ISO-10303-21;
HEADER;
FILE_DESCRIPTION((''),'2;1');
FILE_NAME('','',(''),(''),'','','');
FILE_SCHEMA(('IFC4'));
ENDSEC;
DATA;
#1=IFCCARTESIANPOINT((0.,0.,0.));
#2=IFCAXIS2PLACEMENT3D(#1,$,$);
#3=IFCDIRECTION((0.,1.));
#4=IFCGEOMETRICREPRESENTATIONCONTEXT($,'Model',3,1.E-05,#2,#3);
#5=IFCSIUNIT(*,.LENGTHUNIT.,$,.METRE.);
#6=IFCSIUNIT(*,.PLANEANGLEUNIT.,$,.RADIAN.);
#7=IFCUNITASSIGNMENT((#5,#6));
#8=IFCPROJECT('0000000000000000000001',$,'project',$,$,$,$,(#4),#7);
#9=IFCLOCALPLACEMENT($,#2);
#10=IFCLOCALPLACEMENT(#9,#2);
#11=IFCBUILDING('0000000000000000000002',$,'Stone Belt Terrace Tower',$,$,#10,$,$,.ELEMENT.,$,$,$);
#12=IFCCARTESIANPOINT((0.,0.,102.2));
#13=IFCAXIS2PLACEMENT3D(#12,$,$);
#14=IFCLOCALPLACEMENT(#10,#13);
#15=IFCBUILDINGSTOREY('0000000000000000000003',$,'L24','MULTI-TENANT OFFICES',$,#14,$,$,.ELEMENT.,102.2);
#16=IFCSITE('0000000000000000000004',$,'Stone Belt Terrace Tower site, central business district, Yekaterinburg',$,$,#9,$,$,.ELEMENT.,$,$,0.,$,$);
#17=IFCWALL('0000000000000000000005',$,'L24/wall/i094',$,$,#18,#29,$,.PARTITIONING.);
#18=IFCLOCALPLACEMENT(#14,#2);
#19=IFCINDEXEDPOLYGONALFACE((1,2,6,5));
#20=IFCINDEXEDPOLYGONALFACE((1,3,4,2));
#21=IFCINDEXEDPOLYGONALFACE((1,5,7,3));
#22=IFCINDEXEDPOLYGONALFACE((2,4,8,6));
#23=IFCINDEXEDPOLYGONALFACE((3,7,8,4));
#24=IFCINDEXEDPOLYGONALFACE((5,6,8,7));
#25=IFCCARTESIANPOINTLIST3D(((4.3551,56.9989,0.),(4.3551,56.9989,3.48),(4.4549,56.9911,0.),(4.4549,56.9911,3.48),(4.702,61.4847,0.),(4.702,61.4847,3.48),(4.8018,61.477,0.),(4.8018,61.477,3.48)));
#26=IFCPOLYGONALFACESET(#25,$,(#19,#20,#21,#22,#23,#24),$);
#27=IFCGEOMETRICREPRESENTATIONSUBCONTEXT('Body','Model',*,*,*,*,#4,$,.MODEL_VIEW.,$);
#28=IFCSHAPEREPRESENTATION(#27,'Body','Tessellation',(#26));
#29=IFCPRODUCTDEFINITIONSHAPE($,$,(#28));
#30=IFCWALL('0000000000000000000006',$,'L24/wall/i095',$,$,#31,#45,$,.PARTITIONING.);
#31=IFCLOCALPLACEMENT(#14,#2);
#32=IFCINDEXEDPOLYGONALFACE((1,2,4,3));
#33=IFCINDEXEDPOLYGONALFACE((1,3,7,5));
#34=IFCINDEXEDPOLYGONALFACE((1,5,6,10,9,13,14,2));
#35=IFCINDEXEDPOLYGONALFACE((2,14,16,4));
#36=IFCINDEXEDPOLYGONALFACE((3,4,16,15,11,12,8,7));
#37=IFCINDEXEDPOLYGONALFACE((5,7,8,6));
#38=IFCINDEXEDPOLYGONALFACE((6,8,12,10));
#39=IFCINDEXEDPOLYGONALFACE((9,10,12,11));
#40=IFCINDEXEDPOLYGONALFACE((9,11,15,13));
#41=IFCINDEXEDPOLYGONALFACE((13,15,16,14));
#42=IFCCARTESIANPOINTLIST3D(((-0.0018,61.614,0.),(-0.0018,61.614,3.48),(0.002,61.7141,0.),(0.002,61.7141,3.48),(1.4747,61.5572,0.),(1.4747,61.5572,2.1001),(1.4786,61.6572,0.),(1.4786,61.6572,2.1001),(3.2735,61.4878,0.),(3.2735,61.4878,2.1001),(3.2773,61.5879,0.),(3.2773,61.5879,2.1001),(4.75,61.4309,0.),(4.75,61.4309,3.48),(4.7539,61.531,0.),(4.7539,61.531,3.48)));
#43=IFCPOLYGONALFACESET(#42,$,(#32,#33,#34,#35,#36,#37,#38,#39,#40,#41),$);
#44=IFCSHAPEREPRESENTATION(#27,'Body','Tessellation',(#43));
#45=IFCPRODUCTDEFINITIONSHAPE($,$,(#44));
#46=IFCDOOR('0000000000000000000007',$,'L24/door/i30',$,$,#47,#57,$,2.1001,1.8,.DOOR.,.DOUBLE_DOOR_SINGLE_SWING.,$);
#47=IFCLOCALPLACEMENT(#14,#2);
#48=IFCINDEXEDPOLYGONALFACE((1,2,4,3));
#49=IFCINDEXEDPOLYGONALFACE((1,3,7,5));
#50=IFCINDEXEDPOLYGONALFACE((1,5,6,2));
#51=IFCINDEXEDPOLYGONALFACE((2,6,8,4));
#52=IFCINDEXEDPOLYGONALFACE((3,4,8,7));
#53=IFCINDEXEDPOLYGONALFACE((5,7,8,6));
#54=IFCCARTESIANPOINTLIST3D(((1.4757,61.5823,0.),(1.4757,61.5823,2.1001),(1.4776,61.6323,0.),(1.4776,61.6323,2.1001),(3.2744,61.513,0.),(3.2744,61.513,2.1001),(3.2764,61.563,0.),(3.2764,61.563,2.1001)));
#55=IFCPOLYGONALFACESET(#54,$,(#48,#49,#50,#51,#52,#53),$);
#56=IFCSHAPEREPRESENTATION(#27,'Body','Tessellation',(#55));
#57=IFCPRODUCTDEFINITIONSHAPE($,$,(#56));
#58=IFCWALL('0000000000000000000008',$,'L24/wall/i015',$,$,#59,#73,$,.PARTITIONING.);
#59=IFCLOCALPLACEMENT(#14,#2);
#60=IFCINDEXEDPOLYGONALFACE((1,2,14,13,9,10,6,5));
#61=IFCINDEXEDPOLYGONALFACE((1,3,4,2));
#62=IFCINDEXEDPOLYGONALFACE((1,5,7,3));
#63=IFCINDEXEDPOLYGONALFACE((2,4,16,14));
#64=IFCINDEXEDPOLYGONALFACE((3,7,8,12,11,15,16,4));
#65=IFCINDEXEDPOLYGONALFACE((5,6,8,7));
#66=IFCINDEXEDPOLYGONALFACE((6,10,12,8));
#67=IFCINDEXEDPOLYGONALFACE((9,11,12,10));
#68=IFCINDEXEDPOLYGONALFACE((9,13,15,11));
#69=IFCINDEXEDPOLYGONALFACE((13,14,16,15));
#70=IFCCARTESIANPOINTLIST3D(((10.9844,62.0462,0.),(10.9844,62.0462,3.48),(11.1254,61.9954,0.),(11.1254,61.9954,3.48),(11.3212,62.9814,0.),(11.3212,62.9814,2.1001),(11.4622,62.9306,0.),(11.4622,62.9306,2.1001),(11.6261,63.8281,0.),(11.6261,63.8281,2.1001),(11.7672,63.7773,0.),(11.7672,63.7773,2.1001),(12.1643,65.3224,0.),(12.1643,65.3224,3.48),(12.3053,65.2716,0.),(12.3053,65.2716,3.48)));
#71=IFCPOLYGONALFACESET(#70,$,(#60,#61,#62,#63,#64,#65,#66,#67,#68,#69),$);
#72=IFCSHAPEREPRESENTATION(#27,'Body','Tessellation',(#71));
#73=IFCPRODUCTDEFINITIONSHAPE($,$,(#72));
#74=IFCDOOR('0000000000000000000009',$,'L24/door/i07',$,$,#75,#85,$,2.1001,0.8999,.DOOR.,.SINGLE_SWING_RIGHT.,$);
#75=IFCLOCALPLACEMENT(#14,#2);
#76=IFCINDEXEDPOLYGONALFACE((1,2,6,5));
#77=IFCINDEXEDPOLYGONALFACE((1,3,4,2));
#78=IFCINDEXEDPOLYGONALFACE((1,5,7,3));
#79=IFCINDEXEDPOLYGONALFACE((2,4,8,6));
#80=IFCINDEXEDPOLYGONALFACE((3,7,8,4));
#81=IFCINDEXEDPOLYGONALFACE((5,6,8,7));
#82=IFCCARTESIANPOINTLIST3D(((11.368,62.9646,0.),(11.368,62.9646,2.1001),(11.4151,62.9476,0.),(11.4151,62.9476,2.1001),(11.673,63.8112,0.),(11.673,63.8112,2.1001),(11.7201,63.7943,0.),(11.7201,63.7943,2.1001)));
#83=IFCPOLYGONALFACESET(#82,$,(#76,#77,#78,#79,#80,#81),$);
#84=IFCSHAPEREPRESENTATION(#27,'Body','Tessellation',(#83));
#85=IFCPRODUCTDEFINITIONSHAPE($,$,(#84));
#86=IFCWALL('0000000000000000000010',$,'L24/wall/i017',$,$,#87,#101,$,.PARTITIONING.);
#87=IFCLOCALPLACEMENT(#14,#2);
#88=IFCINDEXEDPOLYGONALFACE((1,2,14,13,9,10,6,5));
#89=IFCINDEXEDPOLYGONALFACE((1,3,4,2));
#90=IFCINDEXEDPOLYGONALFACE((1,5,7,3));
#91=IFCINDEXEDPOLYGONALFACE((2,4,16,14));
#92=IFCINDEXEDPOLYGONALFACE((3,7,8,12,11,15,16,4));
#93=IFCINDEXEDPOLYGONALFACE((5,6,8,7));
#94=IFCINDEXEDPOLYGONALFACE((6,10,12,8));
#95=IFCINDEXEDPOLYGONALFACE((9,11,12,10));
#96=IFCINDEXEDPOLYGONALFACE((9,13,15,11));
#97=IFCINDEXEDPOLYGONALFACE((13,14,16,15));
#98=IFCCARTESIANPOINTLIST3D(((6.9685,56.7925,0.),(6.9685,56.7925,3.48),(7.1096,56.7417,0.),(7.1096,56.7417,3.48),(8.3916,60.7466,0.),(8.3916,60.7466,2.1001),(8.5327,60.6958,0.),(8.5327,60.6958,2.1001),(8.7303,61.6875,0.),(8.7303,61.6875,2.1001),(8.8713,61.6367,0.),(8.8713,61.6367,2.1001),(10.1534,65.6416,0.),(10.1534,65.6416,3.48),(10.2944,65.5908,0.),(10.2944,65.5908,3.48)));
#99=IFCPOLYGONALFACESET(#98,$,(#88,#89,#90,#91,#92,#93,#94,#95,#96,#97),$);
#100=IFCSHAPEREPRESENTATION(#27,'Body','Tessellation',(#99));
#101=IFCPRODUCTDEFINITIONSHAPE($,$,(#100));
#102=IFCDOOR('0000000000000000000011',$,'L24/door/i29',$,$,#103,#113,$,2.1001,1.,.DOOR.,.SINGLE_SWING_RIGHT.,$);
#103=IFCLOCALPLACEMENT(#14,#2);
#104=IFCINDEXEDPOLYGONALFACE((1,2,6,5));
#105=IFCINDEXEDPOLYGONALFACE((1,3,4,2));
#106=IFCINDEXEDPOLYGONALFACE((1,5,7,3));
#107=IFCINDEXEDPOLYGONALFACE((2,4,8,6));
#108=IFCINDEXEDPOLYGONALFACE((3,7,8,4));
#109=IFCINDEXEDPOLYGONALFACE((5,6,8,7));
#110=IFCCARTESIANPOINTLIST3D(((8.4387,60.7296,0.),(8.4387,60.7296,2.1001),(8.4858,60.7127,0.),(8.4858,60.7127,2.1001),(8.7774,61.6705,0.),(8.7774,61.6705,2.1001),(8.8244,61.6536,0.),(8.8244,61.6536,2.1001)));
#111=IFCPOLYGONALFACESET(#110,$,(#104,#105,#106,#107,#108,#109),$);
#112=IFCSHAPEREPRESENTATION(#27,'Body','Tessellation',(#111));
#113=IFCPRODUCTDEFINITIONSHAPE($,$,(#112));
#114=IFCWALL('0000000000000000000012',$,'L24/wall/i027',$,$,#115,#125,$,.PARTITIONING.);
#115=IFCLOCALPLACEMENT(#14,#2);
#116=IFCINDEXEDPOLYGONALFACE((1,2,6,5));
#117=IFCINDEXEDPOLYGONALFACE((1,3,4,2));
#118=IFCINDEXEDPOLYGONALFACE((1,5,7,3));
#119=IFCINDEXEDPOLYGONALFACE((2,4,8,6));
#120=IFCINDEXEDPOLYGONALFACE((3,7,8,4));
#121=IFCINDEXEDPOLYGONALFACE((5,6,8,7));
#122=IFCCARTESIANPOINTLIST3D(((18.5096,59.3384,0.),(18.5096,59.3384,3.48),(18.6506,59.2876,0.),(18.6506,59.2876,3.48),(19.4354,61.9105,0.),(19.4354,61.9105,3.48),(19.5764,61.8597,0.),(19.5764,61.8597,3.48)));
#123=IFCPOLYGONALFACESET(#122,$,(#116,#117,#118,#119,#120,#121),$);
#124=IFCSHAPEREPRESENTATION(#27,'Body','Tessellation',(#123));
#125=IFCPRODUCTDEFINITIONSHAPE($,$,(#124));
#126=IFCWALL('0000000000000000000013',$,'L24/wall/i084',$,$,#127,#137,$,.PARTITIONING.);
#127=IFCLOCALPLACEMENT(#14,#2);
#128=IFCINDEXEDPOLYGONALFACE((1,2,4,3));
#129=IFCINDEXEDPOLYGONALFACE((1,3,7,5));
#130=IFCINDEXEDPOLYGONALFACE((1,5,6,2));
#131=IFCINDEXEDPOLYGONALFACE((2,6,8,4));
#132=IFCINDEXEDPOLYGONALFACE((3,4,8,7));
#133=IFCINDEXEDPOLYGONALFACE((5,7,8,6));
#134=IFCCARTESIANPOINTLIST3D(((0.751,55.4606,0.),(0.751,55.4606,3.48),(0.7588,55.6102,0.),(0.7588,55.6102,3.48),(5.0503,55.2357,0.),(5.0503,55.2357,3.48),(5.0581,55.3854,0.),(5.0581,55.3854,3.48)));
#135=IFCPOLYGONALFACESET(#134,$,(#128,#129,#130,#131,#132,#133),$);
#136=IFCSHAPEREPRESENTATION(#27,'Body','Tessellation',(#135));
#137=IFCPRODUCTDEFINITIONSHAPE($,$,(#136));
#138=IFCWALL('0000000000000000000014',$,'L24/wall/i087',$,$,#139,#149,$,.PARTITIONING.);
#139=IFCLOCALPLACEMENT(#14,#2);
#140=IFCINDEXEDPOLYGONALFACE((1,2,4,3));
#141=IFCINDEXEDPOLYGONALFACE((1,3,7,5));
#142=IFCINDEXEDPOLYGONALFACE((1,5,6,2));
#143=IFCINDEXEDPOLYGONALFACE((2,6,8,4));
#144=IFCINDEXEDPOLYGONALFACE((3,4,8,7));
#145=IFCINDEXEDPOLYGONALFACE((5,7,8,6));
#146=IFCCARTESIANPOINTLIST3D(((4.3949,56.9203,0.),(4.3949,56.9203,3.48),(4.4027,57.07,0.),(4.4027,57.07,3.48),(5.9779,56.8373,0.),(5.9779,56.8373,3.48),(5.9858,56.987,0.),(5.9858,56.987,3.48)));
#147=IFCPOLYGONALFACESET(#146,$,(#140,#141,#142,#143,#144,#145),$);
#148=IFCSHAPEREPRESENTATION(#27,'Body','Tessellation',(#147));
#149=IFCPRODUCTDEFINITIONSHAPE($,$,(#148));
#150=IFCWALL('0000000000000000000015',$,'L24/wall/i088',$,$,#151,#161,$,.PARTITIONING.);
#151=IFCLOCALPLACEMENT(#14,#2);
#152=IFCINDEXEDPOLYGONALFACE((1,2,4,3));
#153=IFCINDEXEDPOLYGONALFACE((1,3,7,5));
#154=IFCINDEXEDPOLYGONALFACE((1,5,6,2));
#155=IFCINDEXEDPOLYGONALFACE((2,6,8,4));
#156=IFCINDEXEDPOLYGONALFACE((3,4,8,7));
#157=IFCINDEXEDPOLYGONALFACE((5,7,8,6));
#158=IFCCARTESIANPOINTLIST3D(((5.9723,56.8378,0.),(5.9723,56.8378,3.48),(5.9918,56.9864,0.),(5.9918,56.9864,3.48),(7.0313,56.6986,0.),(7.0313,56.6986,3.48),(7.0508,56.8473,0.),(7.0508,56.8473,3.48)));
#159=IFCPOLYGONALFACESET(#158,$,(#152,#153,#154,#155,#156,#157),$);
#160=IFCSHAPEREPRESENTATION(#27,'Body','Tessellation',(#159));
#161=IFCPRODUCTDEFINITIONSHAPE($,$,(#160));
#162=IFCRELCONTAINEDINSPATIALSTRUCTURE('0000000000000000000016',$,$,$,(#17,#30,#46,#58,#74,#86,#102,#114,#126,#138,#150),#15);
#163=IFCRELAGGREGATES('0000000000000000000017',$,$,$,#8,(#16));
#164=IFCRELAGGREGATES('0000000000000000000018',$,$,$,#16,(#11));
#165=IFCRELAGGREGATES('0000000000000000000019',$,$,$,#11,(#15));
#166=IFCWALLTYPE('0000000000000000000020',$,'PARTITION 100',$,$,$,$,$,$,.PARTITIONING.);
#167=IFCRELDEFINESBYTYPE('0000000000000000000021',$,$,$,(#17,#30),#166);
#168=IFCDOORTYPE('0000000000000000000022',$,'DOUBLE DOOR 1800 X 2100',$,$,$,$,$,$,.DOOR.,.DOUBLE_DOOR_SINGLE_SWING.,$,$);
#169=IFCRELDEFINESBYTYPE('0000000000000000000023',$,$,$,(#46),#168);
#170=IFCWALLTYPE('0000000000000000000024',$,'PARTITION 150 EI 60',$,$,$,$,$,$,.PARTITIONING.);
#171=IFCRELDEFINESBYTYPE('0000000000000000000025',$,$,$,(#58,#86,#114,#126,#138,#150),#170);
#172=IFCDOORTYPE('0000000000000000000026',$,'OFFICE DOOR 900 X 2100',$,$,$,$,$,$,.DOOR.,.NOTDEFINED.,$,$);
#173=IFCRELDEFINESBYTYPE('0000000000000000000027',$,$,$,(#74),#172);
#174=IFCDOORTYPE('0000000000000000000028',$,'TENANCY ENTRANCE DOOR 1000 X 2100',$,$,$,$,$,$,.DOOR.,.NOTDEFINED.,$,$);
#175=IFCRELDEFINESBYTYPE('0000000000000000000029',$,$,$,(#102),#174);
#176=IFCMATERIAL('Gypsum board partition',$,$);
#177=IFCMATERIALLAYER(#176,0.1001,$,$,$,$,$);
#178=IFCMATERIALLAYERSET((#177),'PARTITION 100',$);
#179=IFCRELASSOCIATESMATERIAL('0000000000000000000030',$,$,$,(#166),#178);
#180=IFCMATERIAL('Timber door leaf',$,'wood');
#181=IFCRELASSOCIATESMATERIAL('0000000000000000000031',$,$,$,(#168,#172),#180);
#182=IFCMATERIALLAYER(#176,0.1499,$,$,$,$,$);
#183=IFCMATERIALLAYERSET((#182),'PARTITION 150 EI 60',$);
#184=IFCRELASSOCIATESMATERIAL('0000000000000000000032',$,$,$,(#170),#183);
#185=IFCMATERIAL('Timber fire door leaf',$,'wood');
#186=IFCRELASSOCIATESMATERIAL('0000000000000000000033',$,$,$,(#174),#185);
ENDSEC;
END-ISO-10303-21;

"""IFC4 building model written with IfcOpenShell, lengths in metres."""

from ifc_helpers import new_model, si_unit, direction, frame, frame_2d, origin, place, context, subcontext, project, spatial, rectangle, extrude, material, layer, layer_set, type_object, element, fill, save


model = new_model("IFC4")

# Units and contexts
model_context = context("Model", 3, precision=1e-05, world=origin(), true_north=direction((0.0, 1.0)))
body_context = subcontext(model_context, "Body", "Model", "MODEL_VIEW")
ifc_project = project(units=[si_unit("LENGTHUNIT", "METRE"), si_unit("PLANEANGLEUNIT", "RADIAN")], contexts=[model_context])

# Site, building, storey
site_placement = place(None, origin())
site = spatial("IfcSite", under=ifc_project, at=site_placement, Name="Stone Belt Terrace Tower site, central business district, Yekaterinburg", CompositionType="ELEMENT", RefElevation=0.0)
building_placement = place(site_placement, origin())
building = spatial("IfcBuilding", under=site, at=building_placement, Name="Stone Belt Terrace Tower", CompositionType="ELEMENT")
storey_placement = place(building_placement, frame((0.0, 0.0, 102.2)))
storey = spatial("IfcBuildingStorey", under=building, at=storey_placement, Name="L24", Description="MULTI-TENANT OFFICES", CompositionType="ELEMENT", Elevation=102.2)

# Wall
ifc_material_1 = material(Name="Gypsum board partition")
ifc_layer_1 = layer(ifc_material_1, 0.1001)
ifc_layer_set_1 = layer_set([ifc_layer_1], Name="PARTITION 100")
wall_type_1 = type_object("IfcWallType", Name="PARTITION 100", PredefinedType="PARTITIONING", material=ifc_layer_set_1)
wall_1_placement = place(storey_placement, frame((4.405, 56.9951, 0.0), z_axis=(0.0, 0.0, 1.0), x_axis=(0.077107, 0.997023, 0.0)))
element("IfcWall", 1, at=wall_1_placement, inside=storey, type_object=wall_type_1, Name="L24/wall/i094", PredefinedType="PARTITIONING", context=body_context, shape_type="SweptSolid", body=[
    extrude(rectangle(XDim=4.4993, YDim=0.1001, at=frame_2d((2.2495, 0.0))), origin(), (0.0, 0.0, 1.0), 3.48),
])

# Walls, openings, doors
wall_2_placement = place(storey_placement, frame((4.752, 61.481, 0.0), z_axis=(0.0, 0.0, 1.0), x_axis=(-0.999258, 0.038504, 0.0)))
wall_2 = element("IfcWall", 2, at=wall_2_placement, inside=storey, type_object=wall_type_1, Name="L24/wall/i095", PredefinedType="PARTITIONING", context=body_context, shape_type="SweptSolid", body=[
    extrude(rectangle(XDim=4.7554, YDim=0.1001, at=frame_2d((2.3777, 0.0))), origin(), (0.0, 0.0, 1.0), 3.48),
])
opening_1_placement = place(wall_2_placement, frame((1.4778, 0.0, 0.0)))
opening_1 = element("IfcOpeningElement", 3, at=opening_1_placement, cuts=wall_2, PredefinedType="OPENING", context=body_context, shape_type="SweptSolid", body=[
    extrude(rectangle(XDim=1.8, YDim=2.1001, at=frame_2d((0.8999, 1.05))), frame((0.0, 0.0601, 0.0), z_axis=(0.0, -1.0, 0.0), x_axis=(1.0, 0.0, 0.0)), (0.0, 0.0, 1.0), 0.1201),
])
ifc_material_2 = material(Name="Timber door leaf", Category="wood")
door_type_1 = type_object("IfcDoorType", Name="DOUBLE DOOR 1800 X 2100", OperationType="DOUBLE_DOOR_SINGLE_SWING", PredefinedType="DOOR", material=ifc_material_2)
door_1_placement = place(opening_1_placement, origin())
door_1 = element("IfcDoor", 4, at=door_1_placement, inside=storey, type_object=door_type_1, Name="L24/door/i30", OperationType="DOUBLE_DOOR_SINGLE_SWING", OverallHeight=2.1001, OverallWidth=1.8, PredefinedType="DOOR", context=body_context, shape_type="SweptSolid", body=[
    extrude(rectangle(XDim=1.8, YDim=2.1001, at=frame_2d((0.8999, 1.05))), frame((0.0, 0.0249, 0.0), z_axis=(0.0, -1.0, 0.0), x_axis=(1.0, 0.0, 0.0)), (0.0, 0.0, 1.0), 0.05),
])
fill(opening_1, door_1)
ifc_layer_2 = layer(ifc_material_1, 0.1499)
ifc_layer_set_2 = layer_set([ifc_layer_2], Name="PARTITION 150 EI 60")
wall_type_2 = type_object("IfcWallType", Name="PARTITION 150 EI 60", PredefinedType="PARTITIONING", material=ifc_layer_set_2)
wall_3_placement = place(storey_placement, frame((12.2349, 65.2971, 0.0), z_axis=(0.0, 0.0, 1.0), x_axis=(-0.338854, -0.940839, 0.0)))
wall_3 = element("IfcWall", 5, at=wall_3_placement, inside=storey, type_object=wall_type_2, Name="L24/wall/i015", PredefinedType="PARTITIONING", context=body_context, shape_type="SweptSolid", body=[
    extrude(rectangle(XDim=3.4822, YDim=0.1499, at=frame_2d((1.7412, 0.0))), origin(), (0.0, 0.0, 1.0), 3.48),
])
opening_2_placement = place(wall_3_placement, frame((1.5884, 0.0, 0.0)))
opening_2 = element("IfcOpeningElement", 6, at=opening_2_placement, cuts=wall_3, PredefinedType="OPENING", context=body_context, shape_type="SweptSolid", body=[
    extrude(rectangle(XDim=0.8999, YDim=2.1001, at=frame_2d((0.45, 1.05))), frame((0.0, 0.085, 0.0), z_axis=(0.0, -1.0, 0.0), x_axis=(1.0, 0.0, 0.0)), (0.0, 0.0, 1.0), 0.1699),
])
door_type_2 = type_object("IfcDoorType", Name="OFFICE DOOR 900 X 2100", OperationType="NOTDEFINED", PredefinedType="DOOR", material=ifc_material_2)
door_2_placement = place(opening_2_placement, origin())
door_2 = element("IfcDoor", 7, at=door_2_placement, inside=storey, type_object=door_type_2, Name="L24/door/i07", OperationType="SINGLE_SWING_RIGHT", OverallHeight=2.1001, OverallWidth=0.8999, PredefinedType="DOOR", context=body_context, shape_type="SweptSolid", body=[
    extrude(rectangle(XDim=0.8999, YDim=2.1001, at=frame_2d((0.45, 1.05))), frame((0.0, 0.0249, 0.0), z_axis=(0.0, -1.0, 0.0), x_axis=(1.0, 0.0, 0.0)), (0.0, 0.0, 1.0), 0.05),
])
fill(opening_2, door_2)
wall_4_placement = place(storey_placement, frame((7.0391, 56.7671, 0.0), z_axis=(0.0, 0.0, 1.0), x_axis=(0.338638, 0.940917, 0.0)))
wall_4 = element("IfcWall", 8, at=wall_4_placement, inside=storey, type_object=wall_type_2, Name="L24/wall/i017", PredefinedType="PARTITIONING", context=body_context, shape_type="SweptSolid", body=[
    extrude(rectangle(XDim=9.4048, YDim=0.1499, at=frame_2d((4.7024, 0.0))), origin(), (0.0, 0.0, 1.0), 3.48),
])
opening_3_placement = place(wall_4_placement, frame((4.2024, 0.0, 0.0)))
opening_3 = element("IfcOpeningElement", 9, at=opening_3_placement, cuts=wall_4, PredefinedType="OPENING", context=body_context, shape_type="SweptSolid", body=[
    extrude(rectangle(XDim=1.0, YDim=2.1001, at=frame_2d((0.5, 1.05))), frame((0.0, 0.085, 0.0), z_axis=(0.0, -1.0, 0.0), x_axis=(1.0, 0.0, 0.0)), (0.0, 0.0, 1.0), 0.1699),
])
ifc_material_3 = material(Name="Timber fire door leaf", Category="wood")
door_type_3 = type_object("IfcDoorType", Name="TENANCY ENTRANCE DOOR 1000 X 2100", OperationType="NOTDEFINED", PredefinedType="DOOR", material=ifc_material_3)
door_3_placement = place(opening_3_placement, origin())
door_3 = element("IfcDoor", 10, at=door_3_placement, inside=storey, type_object=door_type_3, Name="L24/door/i29", OperationType="SINGLE_SWING_RIGHT", OverallHeight=2.1001, OverallWidth=1.0, PredefinedType="DOOR", context=body_context, shape_type="SweptSolid", body=[
    extrude(rectangle(XDim=1.0, YDim=2.1001, at=frame_2d((0.5, 1.05))), frame((0.0, 0.0249, 0.0), z_axis=(0.0, -1.0, 0.0), x_axis=(1.0, 0.0, 0.0)), (0.0, 0.0, 1.0), 0.05),
])
fill(opening_3, door_3)

# Walls
wall_5_placement = place(storey_placement, frame((19.5059, 61.885, 0.0), z_axis=(0.0, 0.0, 1.0), x_axis=(-0.338672, -0.940904, 0.0)))
element("IfcWall", 11, at=wall_5_placement, inside=storey, type_object=wall_type_2, Name="L24/wall/i027", PredefinedType="PARTITIONING", context=body_context, shape_type="SweptSolid", body=[
    extrude(rectangle(XDim=2.7336, YDim=0.1499, at=frame_2d((1.3667, 0.0))), origin(), (0.0, 0.0, 1.0), 3.48),
])
wall_6_placement = place(storey_placement, frame((5.0542, 55.3105, 0.0), z_axis=(0.0, 0.0, 1.0), x_axis=(-0.998635, 0.052228, 0.0)))
element("IfcWall", 12, at=wall_6_placement, inside=storey, type_object=wall_type_2, Name="L24/wall/i084", PredefinedType="PARTITIONING", context=body_context, shape_type="SweptSolid", body=[
    extrude(rectangle(XDim=4.3052, YDim=0.1499, at=frame_2d((2.1526, 0.0))), origin(), (0.0, 0.0, 1.0), 3.48),
])
wall_7_placement = place(storey_placement, frame((4.3989, 56.9951, 0.0), z_axis=(0.0, 0.0, 1.0), x_axis=(0.998628, -0.052365, 0.0)))
element("IfcWall", 13, at=wall_7_placement, inside=storey, type_object=wall_type_2, Name="L24/wall/i087", PredefinedType="PARTITIONING", context=body_context, shape_type="SweptSolid", body=[
    extrude(rectangle(XDim=1.5852, YDim=0.1499, at=frame_2d((0.7925, 0.0))), origin(), (0.0, 0.0, 1.0), 3.48),
])
wall_8_placement = place(storey_placement, frame((5.9819, 56.9121, 0.0), z_axis=(0.0, 0.0, 1.0), x_axis=(0.991478, -0.130277, 0.0)))
element("IfcWall", 14, at=wall_8_placement, inside=storey, type_object=wall_type_2, Name="L24/wall/i088", PredefinedType="PARTITIONING", context=body_context, shape_type="SweptSolid", body=[
    extrude(rectangle(XDim=1.0681, YDim=0.1499, at=frame_2d((0.5342, 0.0))), origin(), (0.0, 0.0, 1.0), 3.48),
])

save(model, "model.ifc")
